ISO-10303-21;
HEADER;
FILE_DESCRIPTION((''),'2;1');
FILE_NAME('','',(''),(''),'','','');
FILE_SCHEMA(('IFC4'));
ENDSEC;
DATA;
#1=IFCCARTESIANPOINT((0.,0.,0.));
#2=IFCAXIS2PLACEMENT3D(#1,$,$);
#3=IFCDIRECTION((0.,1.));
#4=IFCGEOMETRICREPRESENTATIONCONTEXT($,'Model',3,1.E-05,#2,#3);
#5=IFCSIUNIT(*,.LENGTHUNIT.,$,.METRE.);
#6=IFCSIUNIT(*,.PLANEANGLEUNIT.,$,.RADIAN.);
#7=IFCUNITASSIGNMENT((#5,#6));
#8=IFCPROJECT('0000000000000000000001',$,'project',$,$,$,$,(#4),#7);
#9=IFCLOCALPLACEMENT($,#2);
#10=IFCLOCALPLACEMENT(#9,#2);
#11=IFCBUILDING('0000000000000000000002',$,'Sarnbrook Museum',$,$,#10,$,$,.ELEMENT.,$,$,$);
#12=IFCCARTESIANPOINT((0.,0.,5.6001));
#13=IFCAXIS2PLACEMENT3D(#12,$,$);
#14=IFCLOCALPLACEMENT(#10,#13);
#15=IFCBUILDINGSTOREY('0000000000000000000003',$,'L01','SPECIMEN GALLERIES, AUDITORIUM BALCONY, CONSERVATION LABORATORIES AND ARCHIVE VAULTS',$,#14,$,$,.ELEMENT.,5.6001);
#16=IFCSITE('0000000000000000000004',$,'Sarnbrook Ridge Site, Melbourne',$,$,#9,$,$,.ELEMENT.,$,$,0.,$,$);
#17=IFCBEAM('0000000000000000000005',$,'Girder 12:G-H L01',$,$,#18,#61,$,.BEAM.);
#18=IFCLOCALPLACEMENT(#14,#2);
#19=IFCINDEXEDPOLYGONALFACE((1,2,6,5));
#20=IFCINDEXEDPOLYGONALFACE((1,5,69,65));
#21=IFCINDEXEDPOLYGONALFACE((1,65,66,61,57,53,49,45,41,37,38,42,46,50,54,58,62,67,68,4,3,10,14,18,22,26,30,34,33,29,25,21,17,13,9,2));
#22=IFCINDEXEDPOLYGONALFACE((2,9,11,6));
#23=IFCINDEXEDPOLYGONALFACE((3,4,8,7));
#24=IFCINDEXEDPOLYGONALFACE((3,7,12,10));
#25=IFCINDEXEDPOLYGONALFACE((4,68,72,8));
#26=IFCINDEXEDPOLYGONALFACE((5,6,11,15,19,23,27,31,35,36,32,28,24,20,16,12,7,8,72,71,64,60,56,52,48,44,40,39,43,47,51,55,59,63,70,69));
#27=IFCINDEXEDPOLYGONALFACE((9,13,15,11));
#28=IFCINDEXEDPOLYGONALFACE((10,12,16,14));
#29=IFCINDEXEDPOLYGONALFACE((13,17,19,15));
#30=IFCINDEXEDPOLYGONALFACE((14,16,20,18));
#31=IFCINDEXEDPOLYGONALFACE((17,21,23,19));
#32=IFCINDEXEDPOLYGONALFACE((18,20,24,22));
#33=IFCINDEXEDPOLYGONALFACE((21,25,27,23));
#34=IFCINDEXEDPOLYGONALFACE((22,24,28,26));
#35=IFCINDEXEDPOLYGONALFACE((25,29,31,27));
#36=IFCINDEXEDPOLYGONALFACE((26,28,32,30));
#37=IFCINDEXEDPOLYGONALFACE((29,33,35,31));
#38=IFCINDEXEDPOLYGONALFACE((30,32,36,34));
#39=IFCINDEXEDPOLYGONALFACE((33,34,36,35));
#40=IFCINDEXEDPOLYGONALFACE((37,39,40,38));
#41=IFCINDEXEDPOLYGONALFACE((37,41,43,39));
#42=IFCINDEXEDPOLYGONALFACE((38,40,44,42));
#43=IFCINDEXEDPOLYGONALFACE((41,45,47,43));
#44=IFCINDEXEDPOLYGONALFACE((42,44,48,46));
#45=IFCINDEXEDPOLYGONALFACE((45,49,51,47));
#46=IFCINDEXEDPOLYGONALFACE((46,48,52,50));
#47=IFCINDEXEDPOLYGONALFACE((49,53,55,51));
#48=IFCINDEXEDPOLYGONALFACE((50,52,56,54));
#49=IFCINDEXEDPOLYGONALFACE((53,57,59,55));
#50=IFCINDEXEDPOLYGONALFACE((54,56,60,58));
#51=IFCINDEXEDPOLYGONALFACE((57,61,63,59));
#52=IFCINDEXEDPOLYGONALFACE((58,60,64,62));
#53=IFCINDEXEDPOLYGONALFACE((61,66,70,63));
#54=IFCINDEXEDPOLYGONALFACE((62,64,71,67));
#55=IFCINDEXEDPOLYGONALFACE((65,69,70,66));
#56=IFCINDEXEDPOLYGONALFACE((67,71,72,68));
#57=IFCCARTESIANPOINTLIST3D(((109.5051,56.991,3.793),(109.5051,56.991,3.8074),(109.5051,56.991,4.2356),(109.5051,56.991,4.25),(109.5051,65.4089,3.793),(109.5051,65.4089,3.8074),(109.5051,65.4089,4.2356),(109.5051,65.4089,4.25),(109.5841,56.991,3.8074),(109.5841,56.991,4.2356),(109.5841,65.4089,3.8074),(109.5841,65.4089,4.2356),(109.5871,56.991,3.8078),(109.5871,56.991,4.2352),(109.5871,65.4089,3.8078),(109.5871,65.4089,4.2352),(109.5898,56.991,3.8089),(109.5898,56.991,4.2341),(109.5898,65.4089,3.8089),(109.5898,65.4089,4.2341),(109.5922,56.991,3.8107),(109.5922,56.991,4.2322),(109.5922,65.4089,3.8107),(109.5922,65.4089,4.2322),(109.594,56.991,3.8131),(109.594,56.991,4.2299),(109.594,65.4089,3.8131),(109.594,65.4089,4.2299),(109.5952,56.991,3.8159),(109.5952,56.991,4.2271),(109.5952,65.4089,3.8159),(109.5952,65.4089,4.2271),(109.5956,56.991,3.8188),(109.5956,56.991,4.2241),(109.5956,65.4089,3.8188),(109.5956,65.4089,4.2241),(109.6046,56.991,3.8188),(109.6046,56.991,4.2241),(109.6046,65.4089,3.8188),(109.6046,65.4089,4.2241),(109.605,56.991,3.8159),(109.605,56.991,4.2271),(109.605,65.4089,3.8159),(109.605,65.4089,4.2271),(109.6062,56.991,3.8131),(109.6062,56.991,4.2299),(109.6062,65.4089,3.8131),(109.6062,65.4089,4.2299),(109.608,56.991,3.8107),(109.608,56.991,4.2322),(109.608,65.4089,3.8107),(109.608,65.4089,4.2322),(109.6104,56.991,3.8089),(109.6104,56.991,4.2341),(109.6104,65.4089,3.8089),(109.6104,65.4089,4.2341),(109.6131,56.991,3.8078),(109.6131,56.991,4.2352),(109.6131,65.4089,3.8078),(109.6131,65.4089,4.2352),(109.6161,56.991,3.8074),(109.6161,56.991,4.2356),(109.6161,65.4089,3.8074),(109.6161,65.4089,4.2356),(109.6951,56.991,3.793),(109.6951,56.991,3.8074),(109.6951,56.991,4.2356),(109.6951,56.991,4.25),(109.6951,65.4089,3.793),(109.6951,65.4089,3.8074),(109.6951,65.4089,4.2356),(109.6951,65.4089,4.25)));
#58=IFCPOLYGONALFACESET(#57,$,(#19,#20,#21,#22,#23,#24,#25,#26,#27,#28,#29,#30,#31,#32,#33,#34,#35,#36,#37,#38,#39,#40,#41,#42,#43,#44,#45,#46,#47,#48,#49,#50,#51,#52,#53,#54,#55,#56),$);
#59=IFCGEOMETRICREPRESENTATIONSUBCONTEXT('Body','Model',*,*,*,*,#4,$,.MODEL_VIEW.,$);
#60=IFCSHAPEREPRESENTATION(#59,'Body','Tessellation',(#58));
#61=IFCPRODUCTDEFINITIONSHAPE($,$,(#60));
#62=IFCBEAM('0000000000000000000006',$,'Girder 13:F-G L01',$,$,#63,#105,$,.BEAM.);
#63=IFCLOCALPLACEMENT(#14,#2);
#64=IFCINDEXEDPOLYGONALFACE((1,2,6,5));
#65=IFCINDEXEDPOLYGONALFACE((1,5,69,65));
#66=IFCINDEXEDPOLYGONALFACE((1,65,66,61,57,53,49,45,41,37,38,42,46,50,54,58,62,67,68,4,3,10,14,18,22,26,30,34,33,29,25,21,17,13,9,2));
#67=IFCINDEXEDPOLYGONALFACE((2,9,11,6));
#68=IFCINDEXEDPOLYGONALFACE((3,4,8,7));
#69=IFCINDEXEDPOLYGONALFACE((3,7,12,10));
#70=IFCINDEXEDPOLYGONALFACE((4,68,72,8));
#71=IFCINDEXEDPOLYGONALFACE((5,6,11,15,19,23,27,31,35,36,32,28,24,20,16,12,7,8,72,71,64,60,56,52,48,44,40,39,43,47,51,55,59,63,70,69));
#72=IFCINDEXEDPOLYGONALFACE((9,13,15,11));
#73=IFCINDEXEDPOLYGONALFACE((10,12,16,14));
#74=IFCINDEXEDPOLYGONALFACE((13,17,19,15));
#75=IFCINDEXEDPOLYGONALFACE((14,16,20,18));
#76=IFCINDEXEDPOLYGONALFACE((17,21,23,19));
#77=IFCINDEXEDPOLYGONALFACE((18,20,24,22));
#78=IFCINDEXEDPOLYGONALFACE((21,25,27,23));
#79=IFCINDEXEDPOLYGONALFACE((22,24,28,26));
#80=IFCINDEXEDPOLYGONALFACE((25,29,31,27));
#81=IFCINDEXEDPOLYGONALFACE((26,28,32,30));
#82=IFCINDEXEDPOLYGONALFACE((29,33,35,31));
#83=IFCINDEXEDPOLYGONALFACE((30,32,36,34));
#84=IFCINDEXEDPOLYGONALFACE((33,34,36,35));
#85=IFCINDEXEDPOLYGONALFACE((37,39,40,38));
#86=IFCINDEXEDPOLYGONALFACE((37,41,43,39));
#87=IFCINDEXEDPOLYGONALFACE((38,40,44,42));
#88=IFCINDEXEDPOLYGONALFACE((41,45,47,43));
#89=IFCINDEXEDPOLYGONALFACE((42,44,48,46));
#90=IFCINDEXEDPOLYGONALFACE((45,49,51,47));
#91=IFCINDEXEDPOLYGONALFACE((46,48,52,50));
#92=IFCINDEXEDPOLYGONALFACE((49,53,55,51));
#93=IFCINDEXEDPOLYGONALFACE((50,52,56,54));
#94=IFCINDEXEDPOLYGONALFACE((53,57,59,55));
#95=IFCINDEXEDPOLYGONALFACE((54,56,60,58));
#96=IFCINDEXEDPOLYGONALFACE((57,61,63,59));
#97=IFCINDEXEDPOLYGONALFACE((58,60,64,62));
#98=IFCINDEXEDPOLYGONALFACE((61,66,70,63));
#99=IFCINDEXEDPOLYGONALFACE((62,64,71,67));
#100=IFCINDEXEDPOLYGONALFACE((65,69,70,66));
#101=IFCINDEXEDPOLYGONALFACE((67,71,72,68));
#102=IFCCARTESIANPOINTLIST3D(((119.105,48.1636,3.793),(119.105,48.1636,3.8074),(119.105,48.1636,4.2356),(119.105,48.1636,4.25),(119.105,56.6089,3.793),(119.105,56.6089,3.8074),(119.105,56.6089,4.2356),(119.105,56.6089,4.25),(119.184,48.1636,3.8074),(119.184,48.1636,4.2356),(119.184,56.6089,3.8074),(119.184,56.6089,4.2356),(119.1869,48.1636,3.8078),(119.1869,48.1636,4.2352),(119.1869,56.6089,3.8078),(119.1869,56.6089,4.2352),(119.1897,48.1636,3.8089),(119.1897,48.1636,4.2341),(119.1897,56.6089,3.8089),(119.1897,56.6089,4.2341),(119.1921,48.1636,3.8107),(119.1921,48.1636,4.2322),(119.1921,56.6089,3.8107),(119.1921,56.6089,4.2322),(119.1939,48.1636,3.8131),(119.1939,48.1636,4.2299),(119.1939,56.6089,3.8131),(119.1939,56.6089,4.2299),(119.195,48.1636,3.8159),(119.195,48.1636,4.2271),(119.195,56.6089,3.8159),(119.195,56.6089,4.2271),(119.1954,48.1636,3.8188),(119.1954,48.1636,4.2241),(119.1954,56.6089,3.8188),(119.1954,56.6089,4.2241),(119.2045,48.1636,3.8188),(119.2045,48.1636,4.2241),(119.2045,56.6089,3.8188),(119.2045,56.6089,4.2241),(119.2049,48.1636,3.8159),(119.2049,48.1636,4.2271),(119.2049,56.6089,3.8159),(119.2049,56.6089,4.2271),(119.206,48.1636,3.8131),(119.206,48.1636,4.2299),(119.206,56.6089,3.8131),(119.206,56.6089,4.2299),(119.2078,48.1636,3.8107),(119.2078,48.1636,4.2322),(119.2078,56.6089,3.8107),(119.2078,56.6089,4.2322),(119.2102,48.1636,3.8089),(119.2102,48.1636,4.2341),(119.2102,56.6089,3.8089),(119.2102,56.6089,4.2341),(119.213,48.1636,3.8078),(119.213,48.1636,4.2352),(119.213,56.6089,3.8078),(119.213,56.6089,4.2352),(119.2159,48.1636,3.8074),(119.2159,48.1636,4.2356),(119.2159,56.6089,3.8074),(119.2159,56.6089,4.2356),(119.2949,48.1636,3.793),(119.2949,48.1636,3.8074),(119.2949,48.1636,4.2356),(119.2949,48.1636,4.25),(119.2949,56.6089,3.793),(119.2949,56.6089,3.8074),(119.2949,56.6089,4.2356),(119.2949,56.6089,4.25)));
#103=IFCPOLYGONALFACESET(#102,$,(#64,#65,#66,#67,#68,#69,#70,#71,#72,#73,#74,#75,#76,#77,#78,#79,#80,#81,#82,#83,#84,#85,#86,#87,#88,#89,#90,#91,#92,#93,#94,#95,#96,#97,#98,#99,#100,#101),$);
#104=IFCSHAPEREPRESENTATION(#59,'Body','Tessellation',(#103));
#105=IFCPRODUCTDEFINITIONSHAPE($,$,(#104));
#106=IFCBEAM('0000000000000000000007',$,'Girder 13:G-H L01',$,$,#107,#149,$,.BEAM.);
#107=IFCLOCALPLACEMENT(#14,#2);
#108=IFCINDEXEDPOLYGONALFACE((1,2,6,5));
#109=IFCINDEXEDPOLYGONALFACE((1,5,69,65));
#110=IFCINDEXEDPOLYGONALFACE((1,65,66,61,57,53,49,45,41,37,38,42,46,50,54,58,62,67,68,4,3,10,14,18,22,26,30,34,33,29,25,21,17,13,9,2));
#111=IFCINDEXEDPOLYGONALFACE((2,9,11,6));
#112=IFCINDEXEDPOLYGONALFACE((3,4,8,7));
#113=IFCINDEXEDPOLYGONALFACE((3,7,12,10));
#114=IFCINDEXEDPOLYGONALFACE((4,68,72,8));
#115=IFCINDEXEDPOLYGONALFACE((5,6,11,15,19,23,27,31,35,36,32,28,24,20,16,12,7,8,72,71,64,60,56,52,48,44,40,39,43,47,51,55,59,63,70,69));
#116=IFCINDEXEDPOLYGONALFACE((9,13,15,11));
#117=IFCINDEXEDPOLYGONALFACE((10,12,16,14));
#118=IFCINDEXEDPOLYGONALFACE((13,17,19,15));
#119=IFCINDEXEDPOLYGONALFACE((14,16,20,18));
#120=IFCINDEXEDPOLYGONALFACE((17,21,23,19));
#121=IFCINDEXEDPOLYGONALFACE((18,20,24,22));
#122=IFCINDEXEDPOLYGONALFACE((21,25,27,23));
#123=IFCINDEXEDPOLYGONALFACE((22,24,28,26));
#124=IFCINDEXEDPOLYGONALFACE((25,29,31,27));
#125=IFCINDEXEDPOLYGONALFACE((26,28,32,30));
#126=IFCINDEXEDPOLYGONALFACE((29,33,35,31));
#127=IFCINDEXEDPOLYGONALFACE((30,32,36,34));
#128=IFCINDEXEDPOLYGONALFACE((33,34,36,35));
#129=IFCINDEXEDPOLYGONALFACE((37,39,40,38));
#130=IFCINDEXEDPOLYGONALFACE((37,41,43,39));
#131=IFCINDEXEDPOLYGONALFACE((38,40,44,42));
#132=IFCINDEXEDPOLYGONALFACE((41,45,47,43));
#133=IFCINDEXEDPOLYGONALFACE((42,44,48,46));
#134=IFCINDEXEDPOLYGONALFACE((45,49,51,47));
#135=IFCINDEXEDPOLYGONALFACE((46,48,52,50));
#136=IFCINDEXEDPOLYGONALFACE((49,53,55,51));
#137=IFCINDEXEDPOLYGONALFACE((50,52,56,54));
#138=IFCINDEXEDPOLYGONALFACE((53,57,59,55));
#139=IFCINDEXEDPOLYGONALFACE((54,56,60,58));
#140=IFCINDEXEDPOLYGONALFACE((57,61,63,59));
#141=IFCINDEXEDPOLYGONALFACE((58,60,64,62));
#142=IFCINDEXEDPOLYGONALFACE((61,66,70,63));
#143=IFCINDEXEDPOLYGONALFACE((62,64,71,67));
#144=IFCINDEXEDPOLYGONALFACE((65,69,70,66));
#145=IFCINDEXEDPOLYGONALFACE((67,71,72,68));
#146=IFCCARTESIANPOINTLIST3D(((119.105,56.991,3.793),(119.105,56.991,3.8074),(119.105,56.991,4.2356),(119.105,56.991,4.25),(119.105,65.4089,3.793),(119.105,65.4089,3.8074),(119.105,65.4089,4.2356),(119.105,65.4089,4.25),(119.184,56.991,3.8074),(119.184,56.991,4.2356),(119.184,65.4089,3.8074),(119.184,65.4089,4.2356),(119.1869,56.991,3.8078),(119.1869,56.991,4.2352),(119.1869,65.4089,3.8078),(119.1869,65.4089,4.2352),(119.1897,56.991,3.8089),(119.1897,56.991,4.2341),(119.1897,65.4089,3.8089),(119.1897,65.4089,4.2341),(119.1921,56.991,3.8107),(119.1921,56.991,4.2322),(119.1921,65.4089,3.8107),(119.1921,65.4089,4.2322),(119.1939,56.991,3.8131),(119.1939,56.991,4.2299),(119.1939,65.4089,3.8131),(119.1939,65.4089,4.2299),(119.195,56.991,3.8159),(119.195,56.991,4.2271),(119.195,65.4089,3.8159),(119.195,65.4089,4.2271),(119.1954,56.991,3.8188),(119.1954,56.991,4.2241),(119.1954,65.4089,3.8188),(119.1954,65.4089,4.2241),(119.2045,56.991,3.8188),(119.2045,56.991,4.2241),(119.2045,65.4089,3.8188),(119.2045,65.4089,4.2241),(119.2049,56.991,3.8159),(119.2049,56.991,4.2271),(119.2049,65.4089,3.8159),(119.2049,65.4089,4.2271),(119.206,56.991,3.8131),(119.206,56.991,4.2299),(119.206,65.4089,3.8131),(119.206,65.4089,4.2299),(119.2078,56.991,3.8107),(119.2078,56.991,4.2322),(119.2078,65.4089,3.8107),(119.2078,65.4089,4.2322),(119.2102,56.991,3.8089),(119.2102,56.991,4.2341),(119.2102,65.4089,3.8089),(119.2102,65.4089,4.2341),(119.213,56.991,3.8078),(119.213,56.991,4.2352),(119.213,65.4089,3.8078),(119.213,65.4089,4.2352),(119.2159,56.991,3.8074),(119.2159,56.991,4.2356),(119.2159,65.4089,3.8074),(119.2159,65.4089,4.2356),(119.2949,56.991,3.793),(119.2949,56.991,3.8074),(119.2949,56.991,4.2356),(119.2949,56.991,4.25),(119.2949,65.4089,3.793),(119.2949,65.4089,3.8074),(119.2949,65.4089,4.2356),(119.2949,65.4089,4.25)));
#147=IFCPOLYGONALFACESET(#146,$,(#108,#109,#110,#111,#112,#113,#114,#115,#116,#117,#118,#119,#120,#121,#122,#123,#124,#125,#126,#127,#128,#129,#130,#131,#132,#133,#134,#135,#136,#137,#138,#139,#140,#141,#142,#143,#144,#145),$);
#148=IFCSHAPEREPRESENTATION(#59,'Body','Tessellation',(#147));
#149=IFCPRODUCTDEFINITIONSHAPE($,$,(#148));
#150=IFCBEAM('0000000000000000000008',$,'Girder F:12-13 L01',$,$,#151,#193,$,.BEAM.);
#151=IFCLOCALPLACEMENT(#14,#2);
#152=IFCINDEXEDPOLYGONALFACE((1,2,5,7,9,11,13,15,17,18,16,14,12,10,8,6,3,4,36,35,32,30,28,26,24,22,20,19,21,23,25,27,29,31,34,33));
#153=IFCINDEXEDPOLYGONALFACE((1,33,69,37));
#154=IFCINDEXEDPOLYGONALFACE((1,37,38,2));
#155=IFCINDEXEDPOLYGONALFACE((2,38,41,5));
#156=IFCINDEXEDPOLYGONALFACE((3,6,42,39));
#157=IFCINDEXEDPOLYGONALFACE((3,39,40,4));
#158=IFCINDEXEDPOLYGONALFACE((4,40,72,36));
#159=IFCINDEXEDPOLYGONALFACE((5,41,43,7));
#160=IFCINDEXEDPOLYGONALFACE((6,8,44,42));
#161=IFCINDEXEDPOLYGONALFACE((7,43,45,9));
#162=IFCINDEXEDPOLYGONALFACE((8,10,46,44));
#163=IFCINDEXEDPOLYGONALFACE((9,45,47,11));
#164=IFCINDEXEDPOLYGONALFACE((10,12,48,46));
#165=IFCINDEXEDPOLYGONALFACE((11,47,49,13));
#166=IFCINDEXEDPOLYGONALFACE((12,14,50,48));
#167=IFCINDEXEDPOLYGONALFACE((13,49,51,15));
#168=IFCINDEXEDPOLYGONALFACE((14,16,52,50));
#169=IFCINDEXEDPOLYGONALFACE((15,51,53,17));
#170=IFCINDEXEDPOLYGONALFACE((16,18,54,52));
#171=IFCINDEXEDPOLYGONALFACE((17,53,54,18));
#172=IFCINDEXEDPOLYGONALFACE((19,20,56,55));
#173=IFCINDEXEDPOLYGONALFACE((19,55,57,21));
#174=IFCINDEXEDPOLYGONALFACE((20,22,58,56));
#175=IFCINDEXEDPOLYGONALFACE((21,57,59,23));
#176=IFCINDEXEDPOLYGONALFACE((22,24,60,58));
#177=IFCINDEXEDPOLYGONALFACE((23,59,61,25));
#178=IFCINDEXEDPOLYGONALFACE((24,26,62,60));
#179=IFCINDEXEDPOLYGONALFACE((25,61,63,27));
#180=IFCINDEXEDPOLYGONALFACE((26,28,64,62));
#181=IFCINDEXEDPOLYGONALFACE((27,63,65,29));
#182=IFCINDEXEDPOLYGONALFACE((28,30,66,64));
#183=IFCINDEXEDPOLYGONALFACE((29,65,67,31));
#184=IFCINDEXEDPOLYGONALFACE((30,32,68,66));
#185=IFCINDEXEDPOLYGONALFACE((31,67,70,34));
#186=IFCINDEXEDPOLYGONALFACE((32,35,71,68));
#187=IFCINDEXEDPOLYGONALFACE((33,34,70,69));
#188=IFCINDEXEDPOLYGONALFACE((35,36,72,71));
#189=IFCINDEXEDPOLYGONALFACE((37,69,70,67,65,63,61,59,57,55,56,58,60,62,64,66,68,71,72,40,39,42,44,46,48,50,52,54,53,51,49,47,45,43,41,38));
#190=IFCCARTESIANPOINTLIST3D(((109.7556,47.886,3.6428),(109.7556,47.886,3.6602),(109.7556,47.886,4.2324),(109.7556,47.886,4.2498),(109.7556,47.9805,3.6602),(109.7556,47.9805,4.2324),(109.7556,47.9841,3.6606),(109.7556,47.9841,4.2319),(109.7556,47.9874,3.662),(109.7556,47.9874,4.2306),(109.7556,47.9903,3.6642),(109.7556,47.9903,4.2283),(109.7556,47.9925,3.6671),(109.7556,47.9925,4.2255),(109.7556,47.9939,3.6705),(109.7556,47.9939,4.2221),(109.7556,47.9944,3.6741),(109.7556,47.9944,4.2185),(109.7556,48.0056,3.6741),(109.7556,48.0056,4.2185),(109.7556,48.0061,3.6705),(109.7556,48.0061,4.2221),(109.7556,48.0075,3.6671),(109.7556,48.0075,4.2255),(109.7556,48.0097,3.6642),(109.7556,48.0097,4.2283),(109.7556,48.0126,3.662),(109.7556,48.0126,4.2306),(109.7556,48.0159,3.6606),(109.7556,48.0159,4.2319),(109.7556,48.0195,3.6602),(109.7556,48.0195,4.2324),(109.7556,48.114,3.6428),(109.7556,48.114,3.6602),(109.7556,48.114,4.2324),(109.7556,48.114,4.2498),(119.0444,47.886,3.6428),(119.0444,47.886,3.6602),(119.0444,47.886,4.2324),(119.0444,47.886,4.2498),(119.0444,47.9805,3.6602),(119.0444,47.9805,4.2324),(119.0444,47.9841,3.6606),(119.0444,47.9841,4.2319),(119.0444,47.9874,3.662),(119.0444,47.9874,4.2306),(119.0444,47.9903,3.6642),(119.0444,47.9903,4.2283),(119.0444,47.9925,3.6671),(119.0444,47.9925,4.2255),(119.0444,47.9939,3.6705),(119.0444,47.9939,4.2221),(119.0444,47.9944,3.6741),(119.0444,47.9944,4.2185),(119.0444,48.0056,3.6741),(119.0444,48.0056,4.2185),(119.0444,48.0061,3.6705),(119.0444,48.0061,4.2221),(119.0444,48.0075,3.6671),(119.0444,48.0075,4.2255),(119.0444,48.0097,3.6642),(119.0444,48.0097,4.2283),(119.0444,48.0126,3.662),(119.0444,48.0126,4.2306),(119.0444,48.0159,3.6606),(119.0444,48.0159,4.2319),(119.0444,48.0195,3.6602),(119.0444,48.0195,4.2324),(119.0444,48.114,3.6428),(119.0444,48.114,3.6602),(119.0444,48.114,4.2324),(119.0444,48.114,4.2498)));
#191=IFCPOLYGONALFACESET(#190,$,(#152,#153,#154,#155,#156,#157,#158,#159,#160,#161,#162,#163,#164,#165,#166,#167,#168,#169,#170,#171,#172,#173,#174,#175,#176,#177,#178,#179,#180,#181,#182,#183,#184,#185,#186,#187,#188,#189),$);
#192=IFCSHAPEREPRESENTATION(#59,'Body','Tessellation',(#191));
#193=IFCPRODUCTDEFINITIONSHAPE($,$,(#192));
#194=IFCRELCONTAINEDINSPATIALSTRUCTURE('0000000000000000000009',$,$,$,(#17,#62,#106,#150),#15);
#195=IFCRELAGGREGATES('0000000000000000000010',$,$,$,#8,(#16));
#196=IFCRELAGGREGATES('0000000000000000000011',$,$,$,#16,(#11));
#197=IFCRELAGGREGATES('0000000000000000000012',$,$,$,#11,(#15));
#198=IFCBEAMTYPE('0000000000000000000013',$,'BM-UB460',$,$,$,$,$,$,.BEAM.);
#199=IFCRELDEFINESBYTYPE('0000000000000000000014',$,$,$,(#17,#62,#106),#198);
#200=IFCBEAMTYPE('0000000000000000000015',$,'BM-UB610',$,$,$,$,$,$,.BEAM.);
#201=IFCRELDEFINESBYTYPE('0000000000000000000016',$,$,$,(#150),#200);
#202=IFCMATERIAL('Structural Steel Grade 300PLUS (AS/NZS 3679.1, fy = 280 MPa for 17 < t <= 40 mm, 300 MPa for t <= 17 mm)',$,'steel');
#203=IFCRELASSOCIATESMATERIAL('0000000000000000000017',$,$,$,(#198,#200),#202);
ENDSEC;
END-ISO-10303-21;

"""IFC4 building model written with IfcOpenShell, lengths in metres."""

from ifc_helpers import new_model, si_unit, direction, frame, origin, origin_2d, place, context, subcontext, project, spatial, i_section, extrude, material, material_profile, profile_set, type_object, element, save


model = new_model("IFC4")

# Units and contexts
model_context = context("Model", 3, precision=1e-05, world=origin(), true_north=direction((0.0, 1.0)))
body_context = subcontext(model_context, "Body", "Model", "MODEL_VIEW")
ifc_project = project(units=[si_unit("LENGTHUNIT", "METRE"), si_unit("PLANEANGLEUNIT", "RADIAN")], contexts=[model_context])

# Site, building, storey
site_placement = place(None, origin())
site = spatial("IfcSite", under=ifc_project, at=site_placement, Name="Sarnbrook Ridge Site, Melbourne", CompositionType="ELEMENT", RefElevation=0.0)
building_placement = place(site_placement, origin())
building = spatial("IfcBuilding", under=site, at=building_placement, Name="Sarnbrook Museum", CompositionType="ELEMENT")
storey_placement = place(building_placement, frame((0.0, 0.0, 5.6001)))
storey = spatial("IfcBuildingStorey", under=building, at=storey_placement, Name="L01", Description="SPECIMEN GALLERIES, AUDITORIUM BALCONY, CONSERVATION LABORATORIES AND ARCHIVE VAULTS", CompositionType="ELEMENT", Elevation=5.6001)

# Shared definitions
ifc_material_1 = material(Name="Structural Steel Grade 300PLUS (AS/NZS 3679.1, fy = 280 MPa for 17 < t <= 40 mm, 300 MPa for t <= 17 mm)", Category="steel")

# Beams
ifc_material_profile_1 = material_profile(ifc_material_1, i_section(OverallWidth=0.1899, OverallDepth=0.457, WebThickness=0.009, FlangeThickness=0.0144, FilletRadius=0.0115, at=origin_2d()), Name="460UB74.6")
ifc_profile_set_1 = profile_set([ifc_material_profile_1], Name="Structural Steel Grade 300PLUS (AS/NZS 3679.1, fy = 280 MPa for 17 < t <= 40 mm, 300 MPa for t <= 17 mm)")
beam_type_1 = type_object("IfcBeamType", Name="BM-UB460", PredefinedType="BEAM", material=ifc_profile_set_1)
beam_1_placement = place(storey_placement, frame((109.6001, 56.991, 4.0215), z_axis=(0.0, 1.0, 0.0), x_axis=(-1.0, 0.0, 0.0)))
element("IfcBeam", 1, at=beam_1_placement, inside=storey, type_object=beam_type_1, Name="Girder 12:G-H L01", PredefinedType="BEAM", context=body_context, shape_type="SweptSolid", body=[
    extrude(i_section(OverallWidth=0.1899, OverallDepth=0.457, WebThickness=0.009, FlangeThickness=0.0144, FilletRadius=0.0115, at=origin_2d()), origin(), (0.0, 0.0, 1.0), 8.418),
])
beam_2_placement = place(storey_placement, frame((119.2, 48.1636, 4.0215), z_axis=(0.0, 1.0, 0.0), x_axis=(-1.0, 0.0, 0.0)))
element("IfcBeam", 2, at=beam_2_placement, inside=storey, type_object=beam_type_1, Name="Girder 13:F-G L01", PredefinedType="BEAM", context=body_context, shape_type="SweptSolid", body=[
    extrude(i_section(OverallWidth=0.1899, OverallDepth=0.457, WebThickness=0.009, FlangeThickness=0.0144, FilletRadius=0.0115, at=origin_2d()), origin(), (0.0, 0.0, 1.0), 8.4453),
])
beam_3_placement = place(storey_placement, frame((119.2, 56.991, 4.0215), z_axis=(0.0, 1.0, 0.0), x_axis=(-1.0, 0.0, 0.0)))
element("IfcBeam", 3, at=beam_3_placement, inside=storey, type_object=beam_type_1, Name="Girder 13:G-H L01", PredefinedType="BEAM", context=body_context, shape_type="SweptSolid", body=[
    extrude(i_section(OverallWidth=0.1899, OverallDepth=0.457, WebThickness=0.009, FlangeThickness=0.0144, FilletRadius=0.0115, at=origin_2d()), origin(), (0.0, 0.0, 1.0), 8.418),
])
ifc_material_profile_2 = material_profile(ifc_material_1, i_section(OverallWidth=0.228, OverallDepth=0.6069, WebThickness=0.0112, FlangeThickness=0.0173, FilletRadius=0.0139, at=origin_2d()), Name="610UB113")
ifc_profile_set_2 = profile_set([ifc_material_profile_2], Name="Structural Steel Grade 300PLUS (AS/NZS 3679.1, fy = 280 MPa for 17 < t <= 40 mm, 300 MPa for t <= 17 mm)")
beam_type_2 = type_object("IfcBeamType", Name="BM-UB610", PredefinedType="BEAM", material=ifc_profile_set_2)
beam_4_placement = place(storey_placement, frame((109.7556, 48.0, 3.9463), z_axis=(1.0, 0.0, 0.0), x_axis=(0.0, 1.0, 0.0)))
element("IfcBeam", 4, at=beam_4_placement, inside=storey, type_object=beam_type_2, Name="Girder F:12-13 L01", PredefinedType="BEAM", context=body_context, shape_type="SweptSolid", body=[
    extrude(i_section(OverallWidth=0.228, OverallDepth=0.6069, WebThickness=0.0112, FlangeThickness=0.0173, FilletRadius=0.0139, at=origin_2d()), origin(), (0.0, 0.0, 1.0), 9.2888),
])

save(model, "model.ifc")
